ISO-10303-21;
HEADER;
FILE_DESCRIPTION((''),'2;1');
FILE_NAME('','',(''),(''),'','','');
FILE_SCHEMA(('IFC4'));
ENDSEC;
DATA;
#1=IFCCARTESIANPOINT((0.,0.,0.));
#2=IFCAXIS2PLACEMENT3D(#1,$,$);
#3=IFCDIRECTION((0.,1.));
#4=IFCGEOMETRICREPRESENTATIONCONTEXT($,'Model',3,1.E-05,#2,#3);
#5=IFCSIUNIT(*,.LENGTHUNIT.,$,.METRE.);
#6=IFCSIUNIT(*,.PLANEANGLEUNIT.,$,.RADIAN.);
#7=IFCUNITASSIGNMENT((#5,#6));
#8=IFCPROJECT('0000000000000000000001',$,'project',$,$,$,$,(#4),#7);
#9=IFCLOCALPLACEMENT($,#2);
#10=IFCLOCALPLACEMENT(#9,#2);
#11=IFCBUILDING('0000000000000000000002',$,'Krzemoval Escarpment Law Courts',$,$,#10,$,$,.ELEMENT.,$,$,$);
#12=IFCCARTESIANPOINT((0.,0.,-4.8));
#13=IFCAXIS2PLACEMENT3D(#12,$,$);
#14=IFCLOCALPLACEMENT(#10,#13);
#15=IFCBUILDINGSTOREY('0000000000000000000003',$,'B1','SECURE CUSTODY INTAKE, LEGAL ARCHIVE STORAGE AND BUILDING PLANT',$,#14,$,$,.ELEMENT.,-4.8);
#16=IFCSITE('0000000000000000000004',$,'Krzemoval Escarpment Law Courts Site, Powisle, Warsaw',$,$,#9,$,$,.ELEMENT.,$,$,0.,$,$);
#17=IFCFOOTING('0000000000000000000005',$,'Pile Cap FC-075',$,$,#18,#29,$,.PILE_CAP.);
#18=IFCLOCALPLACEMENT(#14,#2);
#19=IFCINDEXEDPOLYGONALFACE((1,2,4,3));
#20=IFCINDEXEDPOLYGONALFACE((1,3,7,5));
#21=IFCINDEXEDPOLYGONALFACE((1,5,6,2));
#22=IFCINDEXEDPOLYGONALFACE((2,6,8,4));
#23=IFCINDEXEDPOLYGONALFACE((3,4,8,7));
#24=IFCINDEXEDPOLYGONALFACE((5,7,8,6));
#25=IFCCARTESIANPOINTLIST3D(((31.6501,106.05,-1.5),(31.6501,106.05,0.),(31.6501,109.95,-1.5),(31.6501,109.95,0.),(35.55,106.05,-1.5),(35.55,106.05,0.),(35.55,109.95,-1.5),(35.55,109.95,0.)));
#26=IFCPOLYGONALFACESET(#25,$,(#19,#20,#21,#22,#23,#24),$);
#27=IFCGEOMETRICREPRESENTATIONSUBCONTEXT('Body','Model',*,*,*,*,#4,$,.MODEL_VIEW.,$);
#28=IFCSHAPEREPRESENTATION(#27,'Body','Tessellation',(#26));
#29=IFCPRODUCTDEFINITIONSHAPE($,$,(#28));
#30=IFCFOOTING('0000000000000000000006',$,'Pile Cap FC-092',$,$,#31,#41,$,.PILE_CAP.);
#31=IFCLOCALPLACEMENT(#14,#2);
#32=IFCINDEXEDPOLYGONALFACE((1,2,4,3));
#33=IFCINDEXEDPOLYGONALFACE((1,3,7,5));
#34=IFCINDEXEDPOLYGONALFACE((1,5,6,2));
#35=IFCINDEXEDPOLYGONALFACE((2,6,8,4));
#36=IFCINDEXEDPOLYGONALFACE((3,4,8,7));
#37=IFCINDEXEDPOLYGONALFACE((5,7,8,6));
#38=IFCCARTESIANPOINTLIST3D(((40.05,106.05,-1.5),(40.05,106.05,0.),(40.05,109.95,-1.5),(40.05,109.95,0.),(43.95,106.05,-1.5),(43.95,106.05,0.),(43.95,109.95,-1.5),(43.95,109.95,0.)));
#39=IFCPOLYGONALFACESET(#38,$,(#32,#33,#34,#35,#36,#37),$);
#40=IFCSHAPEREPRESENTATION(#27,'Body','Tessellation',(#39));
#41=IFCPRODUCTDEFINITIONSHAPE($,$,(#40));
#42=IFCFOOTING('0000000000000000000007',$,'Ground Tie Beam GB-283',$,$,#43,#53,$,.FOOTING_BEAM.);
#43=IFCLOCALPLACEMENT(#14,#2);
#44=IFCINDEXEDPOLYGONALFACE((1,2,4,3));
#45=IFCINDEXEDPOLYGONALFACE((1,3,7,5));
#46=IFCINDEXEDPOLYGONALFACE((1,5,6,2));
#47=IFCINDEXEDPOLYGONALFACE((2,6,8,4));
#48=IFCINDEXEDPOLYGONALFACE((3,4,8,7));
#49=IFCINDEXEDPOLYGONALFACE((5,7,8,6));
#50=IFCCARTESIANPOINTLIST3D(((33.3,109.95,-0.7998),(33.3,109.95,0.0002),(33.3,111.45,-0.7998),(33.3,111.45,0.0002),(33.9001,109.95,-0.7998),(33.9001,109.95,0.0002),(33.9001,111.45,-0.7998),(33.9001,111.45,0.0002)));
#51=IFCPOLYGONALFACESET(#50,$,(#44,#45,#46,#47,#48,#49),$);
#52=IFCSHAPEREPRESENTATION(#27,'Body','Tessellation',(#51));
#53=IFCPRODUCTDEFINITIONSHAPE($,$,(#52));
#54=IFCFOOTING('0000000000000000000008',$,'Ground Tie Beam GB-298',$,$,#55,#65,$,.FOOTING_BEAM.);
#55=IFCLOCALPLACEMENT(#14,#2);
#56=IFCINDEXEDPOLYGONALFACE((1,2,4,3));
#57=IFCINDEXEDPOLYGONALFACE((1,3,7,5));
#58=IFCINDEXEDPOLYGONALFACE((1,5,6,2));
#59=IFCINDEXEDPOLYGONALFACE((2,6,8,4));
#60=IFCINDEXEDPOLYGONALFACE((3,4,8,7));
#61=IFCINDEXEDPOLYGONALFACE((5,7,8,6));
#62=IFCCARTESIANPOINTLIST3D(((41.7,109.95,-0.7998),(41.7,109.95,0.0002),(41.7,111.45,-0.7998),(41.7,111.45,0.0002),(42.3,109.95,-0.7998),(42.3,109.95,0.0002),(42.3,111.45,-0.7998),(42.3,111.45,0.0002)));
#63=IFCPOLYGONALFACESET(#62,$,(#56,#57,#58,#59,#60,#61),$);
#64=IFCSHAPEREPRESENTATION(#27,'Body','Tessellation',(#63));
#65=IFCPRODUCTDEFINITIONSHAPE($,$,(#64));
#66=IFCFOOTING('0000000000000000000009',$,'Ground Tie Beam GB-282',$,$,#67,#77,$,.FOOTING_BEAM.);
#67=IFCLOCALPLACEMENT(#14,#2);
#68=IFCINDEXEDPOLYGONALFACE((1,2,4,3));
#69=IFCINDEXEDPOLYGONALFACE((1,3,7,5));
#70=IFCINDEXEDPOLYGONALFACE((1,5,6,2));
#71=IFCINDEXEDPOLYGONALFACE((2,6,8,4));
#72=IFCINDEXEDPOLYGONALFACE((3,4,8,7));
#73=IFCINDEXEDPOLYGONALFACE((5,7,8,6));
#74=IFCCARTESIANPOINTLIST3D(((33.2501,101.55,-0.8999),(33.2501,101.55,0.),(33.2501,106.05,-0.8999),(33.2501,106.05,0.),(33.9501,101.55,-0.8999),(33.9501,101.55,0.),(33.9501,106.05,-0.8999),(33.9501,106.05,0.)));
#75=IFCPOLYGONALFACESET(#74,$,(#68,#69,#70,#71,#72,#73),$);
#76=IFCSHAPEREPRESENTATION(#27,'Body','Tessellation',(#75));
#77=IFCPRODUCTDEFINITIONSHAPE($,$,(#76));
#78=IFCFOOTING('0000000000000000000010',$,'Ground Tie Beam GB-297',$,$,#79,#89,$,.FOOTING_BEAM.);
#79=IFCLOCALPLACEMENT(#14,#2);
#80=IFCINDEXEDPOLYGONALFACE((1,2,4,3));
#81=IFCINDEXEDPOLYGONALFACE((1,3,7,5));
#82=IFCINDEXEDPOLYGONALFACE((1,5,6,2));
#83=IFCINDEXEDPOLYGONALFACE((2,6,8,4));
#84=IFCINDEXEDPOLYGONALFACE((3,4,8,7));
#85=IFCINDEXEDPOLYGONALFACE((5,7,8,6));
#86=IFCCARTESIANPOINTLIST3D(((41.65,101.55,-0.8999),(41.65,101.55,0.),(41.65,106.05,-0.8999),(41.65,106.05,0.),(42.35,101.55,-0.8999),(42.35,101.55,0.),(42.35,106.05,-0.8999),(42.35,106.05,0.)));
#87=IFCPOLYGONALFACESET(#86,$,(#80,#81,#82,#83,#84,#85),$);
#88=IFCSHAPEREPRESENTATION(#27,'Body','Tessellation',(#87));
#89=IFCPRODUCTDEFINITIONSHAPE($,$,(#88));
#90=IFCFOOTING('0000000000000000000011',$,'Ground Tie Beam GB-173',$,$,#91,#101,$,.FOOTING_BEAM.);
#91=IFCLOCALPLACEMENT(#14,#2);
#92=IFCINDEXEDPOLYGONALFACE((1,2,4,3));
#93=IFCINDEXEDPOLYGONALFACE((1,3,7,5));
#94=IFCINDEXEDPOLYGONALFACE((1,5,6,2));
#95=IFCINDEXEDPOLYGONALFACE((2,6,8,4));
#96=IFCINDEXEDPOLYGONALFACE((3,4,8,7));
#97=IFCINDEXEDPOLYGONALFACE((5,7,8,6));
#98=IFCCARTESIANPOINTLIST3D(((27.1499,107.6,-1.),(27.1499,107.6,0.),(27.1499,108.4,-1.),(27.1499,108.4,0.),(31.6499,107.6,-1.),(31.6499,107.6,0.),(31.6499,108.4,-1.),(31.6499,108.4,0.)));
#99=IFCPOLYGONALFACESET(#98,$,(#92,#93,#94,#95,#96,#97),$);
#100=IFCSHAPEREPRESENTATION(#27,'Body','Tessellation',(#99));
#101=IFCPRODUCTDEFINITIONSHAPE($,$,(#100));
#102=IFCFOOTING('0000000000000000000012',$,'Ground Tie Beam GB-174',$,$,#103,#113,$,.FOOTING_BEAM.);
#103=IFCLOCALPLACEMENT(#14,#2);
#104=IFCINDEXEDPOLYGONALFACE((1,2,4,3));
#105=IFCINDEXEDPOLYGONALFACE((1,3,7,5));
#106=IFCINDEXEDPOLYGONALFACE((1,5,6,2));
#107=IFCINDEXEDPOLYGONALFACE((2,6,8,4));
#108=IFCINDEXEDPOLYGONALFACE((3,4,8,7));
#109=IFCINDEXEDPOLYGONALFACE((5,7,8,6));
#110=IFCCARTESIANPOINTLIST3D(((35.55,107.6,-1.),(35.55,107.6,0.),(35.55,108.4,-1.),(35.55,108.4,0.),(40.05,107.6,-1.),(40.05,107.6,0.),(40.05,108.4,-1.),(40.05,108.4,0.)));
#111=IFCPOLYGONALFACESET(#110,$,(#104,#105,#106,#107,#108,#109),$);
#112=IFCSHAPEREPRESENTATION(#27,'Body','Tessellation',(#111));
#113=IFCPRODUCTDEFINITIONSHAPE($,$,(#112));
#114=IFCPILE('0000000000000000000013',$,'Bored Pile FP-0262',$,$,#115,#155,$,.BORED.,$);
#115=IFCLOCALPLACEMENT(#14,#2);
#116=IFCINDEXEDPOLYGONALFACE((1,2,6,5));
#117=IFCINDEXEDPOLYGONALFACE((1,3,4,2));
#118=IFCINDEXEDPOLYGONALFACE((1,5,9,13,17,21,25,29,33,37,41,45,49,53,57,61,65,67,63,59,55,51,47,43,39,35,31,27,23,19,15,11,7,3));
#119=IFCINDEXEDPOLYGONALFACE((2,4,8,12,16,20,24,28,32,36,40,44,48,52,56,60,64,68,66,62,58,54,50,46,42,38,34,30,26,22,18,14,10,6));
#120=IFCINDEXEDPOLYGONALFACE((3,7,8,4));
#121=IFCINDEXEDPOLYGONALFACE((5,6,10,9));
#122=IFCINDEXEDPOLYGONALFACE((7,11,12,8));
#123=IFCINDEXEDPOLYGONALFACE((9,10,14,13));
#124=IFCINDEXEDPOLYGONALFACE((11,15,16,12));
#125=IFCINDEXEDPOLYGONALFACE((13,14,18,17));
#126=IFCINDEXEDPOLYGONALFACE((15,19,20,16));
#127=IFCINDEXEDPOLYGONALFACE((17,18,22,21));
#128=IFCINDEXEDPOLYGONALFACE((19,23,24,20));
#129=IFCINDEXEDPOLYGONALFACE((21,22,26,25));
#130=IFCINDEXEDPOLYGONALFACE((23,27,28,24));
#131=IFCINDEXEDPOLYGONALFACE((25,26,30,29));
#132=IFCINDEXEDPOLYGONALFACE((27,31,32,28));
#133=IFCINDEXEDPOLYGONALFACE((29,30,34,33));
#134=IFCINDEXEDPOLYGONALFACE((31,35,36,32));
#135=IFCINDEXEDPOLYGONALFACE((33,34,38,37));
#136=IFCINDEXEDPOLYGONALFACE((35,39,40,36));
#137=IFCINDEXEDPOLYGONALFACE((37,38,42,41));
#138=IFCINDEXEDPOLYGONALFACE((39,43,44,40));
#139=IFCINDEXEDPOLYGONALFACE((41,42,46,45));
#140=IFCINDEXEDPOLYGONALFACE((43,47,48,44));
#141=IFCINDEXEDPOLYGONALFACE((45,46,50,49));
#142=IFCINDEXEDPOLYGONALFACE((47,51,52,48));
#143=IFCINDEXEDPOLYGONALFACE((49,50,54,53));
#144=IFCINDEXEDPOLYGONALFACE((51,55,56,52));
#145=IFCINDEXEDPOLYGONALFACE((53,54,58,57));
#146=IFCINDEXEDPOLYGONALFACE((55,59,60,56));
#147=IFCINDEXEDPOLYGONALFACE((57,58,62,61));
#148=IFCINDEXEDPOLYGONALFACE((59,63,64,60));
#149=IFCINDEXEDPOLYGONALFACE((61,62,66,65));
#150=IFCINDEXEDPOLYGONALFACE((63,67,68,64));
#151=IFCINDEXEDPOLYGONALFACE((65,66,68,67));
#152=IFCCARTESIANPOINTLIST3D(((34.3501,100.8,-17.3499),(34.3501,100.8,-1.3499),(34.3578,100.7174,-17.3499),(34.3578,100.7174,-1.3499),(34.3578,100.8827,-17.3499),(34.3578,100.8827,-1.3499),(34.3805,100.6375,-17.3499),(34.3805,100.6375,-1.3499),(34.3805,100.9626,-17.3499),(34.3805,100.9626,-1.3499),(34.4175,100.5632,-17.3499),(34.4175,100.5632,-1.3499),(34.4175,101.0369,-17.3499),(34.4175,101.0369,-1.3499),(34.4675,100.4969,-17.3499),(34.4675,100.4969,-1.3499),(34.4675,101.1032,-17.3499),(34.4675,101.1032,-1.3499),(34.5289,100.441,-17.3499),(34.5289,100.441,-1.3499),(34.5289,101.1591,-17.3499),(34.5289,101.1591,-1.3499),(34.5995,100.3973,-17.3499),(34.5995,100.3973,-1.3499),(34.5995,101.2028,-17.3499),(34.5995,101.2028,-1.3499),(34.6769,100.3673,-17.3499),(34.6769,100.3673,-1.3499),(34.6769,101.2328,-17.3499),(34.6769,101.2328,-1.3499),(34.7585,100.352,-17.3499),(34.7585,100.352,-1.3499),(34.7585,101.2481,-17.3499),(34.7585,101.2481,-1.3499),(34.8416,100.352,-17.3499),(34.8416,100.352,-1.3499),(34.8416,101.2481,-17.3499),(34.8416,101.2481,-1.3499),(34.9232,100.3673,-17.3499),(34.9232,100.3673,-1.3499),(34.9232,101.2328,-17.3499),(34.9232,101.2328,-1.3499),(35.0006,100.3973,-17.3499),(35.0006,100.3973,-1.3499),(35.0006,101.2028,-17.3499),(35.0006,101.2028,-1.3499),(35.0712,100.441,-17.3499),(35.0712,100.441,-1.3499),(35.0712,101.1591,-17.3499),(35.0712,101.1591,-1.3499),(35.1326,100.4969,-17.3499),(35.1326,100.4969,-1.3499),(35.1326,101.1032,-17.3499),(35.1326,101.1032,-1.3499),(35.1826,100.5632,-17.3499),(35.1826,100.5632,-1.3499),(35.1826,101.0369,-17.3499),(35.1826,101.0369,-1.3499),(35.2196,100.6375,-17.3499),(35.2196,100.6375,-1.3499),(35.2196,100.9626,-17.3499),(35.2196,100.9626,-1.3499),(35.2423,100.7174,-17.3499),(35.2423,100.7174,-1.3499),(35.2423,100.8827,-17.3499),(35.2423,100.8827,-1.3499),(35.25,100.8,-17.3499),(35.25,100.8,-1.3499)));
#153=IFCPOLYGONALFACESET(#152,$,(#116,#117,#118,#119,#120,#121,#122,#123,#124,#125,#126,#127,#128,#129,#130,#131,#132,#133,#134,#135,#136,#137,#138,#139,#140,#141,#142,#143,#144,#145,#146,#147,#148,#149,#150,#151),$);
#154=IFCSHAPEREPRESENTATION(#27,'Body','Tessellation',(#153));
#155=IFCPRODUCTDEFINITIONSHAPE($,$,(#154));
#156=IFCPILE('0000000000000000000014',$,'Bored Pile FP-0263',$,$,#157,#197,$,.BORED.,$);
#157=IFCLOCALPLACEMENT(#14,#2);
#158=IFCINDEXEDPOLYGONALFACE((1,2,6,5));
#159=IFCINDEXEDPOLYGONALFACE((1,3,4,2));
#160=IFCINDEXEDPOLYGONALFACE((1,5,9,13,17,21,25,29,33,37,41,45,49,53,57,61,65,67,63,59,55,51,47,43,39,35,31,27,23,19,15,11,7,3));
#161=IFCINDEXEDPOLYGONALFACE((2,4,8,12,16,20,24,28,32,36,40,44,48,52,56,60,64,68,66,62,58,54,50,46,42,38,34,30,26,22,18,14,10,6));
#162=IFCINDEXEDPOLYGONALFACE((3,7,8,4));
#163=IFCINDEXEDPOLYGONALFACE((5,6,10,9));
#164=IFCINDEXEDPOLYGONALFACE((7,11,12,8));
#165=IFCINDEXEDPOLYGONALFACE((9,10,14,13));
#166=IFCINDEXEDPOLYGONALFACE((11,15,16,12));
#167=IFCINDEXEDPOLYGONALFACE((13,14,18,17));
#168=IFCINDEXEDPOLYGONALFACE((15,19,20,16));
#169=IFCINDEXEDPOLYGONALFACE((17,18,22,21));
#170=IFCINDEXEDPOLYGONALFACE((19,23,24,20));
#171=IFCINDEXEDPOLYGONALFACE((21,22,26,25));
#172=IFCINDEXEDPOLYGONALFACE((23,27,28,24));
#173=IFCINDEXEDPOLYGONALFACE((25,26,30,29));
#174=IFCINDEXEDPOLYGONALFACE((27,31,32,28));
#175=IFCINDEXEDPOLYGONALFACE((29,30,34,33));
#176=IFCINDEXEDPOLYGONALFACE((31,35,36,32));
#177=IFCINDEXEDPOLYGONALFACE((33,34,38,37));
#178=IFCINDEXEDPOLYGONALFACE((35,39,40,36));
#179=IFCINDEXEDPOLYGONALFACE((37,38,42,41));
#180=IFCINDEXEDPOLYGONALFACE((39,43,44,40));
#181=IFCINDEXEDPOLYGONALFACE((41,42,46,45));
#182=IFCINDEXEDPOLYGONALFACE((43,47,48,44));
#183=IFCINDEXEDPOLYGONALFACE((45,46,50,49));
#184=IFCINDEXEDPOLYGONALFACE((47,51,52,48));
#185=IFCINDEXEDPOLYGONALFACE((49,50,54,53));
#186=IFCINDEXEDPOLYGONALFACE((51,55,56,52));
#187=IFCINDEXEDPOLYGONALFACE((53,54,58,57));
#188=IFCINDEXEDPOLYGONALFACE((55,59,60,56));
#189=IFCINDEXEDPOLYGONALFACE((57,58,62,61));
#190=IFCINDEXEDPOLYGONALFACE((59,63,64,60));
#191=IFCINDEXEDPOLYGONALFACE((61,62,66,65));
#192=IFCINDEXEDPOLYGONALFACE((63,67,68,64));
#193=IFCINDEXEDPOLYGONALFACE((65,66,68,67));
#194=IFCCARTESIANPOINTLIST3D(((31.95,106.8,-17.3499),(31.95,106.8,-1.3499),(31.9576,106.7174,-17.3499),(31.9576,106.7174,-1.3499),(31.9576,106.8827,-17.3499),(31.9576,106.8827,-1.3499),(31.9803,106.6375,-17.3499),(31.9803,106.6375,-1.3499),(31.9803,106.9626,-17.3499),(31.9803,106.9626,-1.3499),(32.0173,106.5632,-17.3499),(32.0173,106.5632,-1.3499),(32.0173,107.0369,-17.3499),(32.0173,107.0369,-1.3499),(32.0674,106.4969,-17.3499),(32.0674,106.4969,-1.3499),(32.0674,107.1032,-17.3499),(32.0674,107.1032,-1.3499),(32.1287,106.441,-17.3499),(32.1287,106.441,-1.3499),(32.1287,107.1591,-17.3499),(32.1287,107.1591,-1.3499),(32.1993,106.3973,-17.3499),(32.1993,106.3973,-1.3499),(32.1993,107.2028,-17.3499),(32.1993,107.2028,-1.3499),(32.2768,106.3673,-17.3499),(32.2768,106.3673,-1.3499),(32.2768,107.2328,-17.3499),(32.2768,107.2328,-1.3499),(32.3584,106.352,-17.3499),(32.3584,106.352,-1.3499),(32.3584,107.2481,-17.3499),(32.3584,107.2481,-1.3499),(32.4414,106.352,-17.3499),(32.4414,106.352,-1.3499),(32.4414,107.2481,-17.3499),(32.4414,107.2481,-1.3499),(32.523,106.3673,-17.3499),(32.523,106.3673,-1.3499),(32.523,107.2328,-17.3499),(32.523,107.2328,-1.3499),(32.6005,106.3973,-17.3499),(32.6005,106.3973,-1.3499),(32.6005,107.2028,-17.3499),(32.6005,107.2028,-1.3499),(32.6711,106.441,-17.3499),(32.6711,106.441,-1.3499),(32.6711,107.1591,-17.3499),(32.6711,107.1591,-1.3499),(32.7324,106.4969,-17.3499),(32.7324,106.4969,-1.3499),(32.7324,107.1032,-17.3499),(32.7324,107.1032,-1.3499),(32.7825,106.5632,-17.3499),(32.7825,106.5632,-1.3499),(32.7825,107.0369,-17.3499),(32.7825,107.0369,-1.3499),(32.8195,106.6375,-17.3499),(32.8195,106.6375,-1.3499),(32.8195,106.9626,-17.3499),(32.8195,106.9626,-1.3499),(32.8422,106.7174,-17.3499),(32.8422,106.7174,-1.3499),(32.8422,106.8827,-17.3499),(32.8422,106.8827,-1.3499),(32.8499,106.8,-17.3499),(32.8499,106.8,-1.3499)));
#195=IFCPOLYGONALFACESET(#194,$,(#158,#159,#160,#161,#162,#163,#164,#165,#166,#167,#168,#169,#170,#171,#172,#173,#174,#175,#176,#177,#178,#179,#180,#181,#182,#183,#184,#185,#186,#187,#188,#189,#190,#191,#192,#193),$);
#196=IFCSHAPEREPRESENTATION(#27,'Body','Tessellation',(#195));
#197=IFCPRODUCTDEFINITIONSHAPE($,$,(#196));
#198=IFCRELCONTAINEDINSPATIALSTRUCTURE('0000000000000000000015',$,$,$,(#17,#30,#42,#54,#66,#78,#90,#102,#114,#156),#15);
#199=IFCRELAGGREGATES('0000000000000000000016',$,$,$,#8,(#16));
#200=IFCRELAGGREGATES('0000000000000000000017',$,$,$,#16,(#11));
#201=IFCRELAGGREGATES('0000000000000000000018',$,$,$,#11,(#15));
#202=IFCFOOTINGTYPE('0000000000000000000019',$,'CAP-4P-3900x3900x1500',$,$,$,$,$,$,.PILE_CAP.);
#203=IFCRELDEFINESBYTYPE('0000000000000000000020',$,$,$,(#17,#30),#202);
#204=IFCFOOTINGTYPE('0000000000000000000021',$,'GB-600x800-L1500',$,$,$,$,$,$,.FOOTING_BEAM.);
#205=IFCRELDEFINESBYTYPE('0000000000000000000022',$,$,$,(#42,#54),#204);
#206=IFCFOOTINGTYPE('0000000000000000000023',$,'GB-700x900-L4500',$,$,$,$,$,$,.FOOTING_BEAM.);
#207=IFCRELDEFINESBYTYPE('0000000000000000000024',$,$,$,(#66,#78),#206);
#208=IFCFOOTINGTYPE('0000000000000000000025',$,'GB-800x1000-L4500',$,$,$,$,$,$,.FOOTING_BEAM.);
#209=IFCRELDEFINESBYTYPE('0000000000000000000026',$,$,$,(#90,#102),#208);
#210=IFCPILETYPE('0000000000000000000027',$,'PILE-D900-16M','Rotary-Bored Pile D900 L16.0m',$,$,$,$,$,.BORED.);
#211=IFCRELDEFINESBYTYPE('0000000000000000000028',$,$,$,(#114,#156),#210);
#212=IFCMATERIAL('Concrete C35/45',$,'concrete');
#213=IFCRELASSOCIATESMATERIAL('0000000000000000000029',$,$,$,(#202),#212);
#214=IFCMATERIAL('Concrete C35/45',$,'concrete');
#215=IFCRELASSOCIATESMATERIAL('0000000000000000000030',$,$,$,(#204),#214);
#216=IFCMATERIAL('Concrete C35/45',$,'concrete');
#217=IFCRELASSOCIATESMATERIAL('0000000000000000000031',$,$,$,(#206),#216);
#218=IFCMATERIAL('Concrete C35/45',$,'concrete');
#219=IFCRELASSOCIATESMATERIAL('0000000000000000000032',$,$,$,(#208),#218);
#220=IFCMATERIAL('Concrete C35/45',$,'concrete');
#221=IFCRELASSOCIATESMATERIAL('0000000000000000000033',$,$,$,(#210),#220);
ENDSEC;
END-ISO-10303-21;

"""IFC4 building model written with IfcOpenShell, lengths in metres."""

from ifc_helpers import new_model, si_unit, direction, frame, origin, origin_2d, place, context, subcontext, project, spatial, rectangle, circle, extrude, material, material_profile, profile_set, type_object, element, save


model = new_model("IFC4")

# Units and contexts
model_context = context("Model", 3, precision=1e-05, world=origin(), true_north=direction((0.0, 1.0)))
body_context = subcontext(model_context, "Body", "Model", "MODEL_VIEW")
ifc_project = project(units=[si_unit("LENGTHUNIT", "METRE"), si_unit("PLANEANGLEUNIT", "RADIAN")], contexts=[model_context])

# Site, building, storey
site_placement = place(None, origin())
site = spatial("IfcSite", under=ifc_project, at=site_placement, Name="Krzemoval Escarpment Law Courts Site, Powisle, Warsaw", CompositionType="ELEMENT", RefElevation=0.0)
building_placement = place(site_placement, origin())
building = spatial("IfcBuilding", under=site, at=building_placement, Name="Krzemoval Escarpment Law Courts", CompositionType="ELEMENT")
storey_placement = place(building_placement, frame((0.0, 0.0, -4.8)))
storey = spatial("IfcBuildingStorey", under=building, at=storey_placement, Name="B1", Description="SECURE CUSTODY INTAKE, LEGAL ARCHIVE STORAGE AND BUILDING PLANT", CompositionType="ELEMENT", Elevation=-4.8)

# Footings
ifc_material_1 = material(Name="Concrete C35/45", Category="concrete")
footing_type_1 = type_object("IfcFootingType", Name="CAP-4P-3900x3900x1500", PredefinedType="PILE_CAP", material=ifc_material_1)
for number, where, z_axis, x_axis, name in (
    (1, (33.6001, 108.0, -1.5), (0.0, 0.0, 1.0), (1.0, 0.0, 0.0), "Pile Cap FC-075"),
    (2, (42.0, 108.0, -1.5), (0.0, 0.0, 1.0), (1.0, 0.0, 0.0), "Pile Cap FC-092"),
):
    element("IfcFooting", number, at=place(storey_placement, frame(where, z_axis=z_axis, x_axis=x_axis)), inside=storey, type_object=footing_type_1, Name=name, PredefinedType="PILE_CAP", context=body_context, shape_type="SweptSolid", body=[
        extrude(rectangle(XDim=3.8999, YDim=3.8999, at=origin_2d()), origin(), (0.0, 0.0, 1.0), 1.5),
    ])
ifc_material_2 = material(Name="Concrete C35/45", Category="concrete")
footing_type_2 = type_object("IfcFootingType", Name="GB-600x800-L1500", PredefinedType="FOOTING_BEAM", material=ifc_material_2)
for number, where, z_axis, x_axis, name in (
    (3, (33.6001, 110.7, -0.7998), (0.0, 0.0, 1.0), (0.0, 1.0, 0.0), "Ground Tie Beam GB-283"),
    (4, (42.0, 110.7, -0.7998), (0.0, 0.0, 1.0), (0.0, 1.0, 0.0), "Ground Tie Beam GB-298"),
):
    element("IfcFooting", number, at=place(storey_placement, frame(where, z_axis=z_axis, x_axis=x_axis)), inside=storey, type_object=footing_type_2, Name=name, PredefinedType="FOOTING_BEAM", context=body_context, shape_type="SweptSolid", body=[
        extrude(rectangle(XDim=1.5, YDim=0.6001, at=origin_2d()), origin(), (0.0, 0.0, 1.0), 0.8),
    ])
ifc_material_3 = material(Name="Concrete C35/45", Category="concrete")
footing_type_3 = type_object("IfcFootingType", Name="GB-700x900-L4500", PredefinedType="FOOTING_BEAM", material=ifc_material_3)
for number, where, z_axis, x_axis, name in (
    (5, (33.6001, 103.8, -0.8999), (0.0, 0.0, 1.0), (0.0, 1.0, 0.0), "Ground Tie Beam GB-282"),
    (6, (42.0, 103.8, -0.8999), (0.0, 0.0, 1.0), (0.0, 1.0, 0.0), "Ground Tie Beam GB-297"),
):
    element("IfcFooting", number, at=place(storey_placement, frame(where, z_axis=z_axis, x_axis=x_axis)), inside=storey, type_object=footing_type_3, Name=name, PredefinedType="FOOTING_BEAM", context=body_context, shape_type="SweptSolid", body=[
        extrude(rectangle(XDim=4.5, YDim=0.7, at=origin_2d()), origin(), (0.0, 0.0, 1.0), 0.8999),
    ])
ifc_material_4 = material(Name="Concrete C35/45", Category="concrete")
footing_type_4 = type_object("IfcFootingType", Name="GB-800x1000-L4500", PredefinedType="FOOTING_BEAM", material=ifc_material_4)
for number, where, z_axis, x_axis, name in (
    (7, (29.3999, 108.0, -1.0), (0.0, 0.0, 1.0), (1.0, 0.0, 0.0), "Ground Tie Beam GB-173"),
    (8, (37.8, 108.0, -1.0), (0.0, 0.0, 1.0), (1.0, 0.0, 0.0), "Ground Tie Beam GB-174"),
):
    element("IfcFooting", number, at=place(storey_placement, frame(where, z_axis=z_axis, x_axis=x_axis)), inside=storey, type_object=footing_type_4, Name=name, PredefinedType="FOOTING_BEAM", context=body_context, shape_type="SweptSolid", body=[
        extrude(rectangle(XDim=4.5, YDim=0.8, at=origin_2d()), origin(), (0.0, 0.0, 1.0), 1.0),
    ])

# Piles
ifc_material_5 = material(Name="Concrete C35/45", Category="concrete")
ifc_material_profile_1 = material_profile(ifc_material_5, circle(Radius=0.45, at=origin_2d()), Name="PILE D900")
ifc_profile_set_1 = profile_set([ifc_material_profile_1], Name="Concrete C35/45")
pile_type = type_object("IfcPileType", Name="PILE-D900-16M", Description="Rotary-Bored Pile D900 L16.0m", PredefinedType="BORED", material=ifc_profile_set_1)
for number, where, z_axis, x_axis, name in (
    (9, (34.8, 100.8, -1.3499), (0.0, 0.0, -1.0), (1.0, 0.0, 0.0), "Bored Pile FP-0262"),
    (10, (32.3999, 106.8, -1.3499), (0.0, 0.0, -1.0), (1.0, 0.0, 0.0), "Bored Pile FP-0263"),
):
    element("IfcPile", number, at=place(storey_placement, frame(where, z_axis=z_axis, x_axis=x_axis)), inside=storey, type_object=pile_type, Name=name, PredefinedType="BORED", context=body_context, shape_type="SweptSolid", body=[
        extrude(circle(Radius=0.45, at=origin_2d()), origin(), (0.0, 0.0, 1.0), 16.0),
    ])

save(model, "model.ifc")
